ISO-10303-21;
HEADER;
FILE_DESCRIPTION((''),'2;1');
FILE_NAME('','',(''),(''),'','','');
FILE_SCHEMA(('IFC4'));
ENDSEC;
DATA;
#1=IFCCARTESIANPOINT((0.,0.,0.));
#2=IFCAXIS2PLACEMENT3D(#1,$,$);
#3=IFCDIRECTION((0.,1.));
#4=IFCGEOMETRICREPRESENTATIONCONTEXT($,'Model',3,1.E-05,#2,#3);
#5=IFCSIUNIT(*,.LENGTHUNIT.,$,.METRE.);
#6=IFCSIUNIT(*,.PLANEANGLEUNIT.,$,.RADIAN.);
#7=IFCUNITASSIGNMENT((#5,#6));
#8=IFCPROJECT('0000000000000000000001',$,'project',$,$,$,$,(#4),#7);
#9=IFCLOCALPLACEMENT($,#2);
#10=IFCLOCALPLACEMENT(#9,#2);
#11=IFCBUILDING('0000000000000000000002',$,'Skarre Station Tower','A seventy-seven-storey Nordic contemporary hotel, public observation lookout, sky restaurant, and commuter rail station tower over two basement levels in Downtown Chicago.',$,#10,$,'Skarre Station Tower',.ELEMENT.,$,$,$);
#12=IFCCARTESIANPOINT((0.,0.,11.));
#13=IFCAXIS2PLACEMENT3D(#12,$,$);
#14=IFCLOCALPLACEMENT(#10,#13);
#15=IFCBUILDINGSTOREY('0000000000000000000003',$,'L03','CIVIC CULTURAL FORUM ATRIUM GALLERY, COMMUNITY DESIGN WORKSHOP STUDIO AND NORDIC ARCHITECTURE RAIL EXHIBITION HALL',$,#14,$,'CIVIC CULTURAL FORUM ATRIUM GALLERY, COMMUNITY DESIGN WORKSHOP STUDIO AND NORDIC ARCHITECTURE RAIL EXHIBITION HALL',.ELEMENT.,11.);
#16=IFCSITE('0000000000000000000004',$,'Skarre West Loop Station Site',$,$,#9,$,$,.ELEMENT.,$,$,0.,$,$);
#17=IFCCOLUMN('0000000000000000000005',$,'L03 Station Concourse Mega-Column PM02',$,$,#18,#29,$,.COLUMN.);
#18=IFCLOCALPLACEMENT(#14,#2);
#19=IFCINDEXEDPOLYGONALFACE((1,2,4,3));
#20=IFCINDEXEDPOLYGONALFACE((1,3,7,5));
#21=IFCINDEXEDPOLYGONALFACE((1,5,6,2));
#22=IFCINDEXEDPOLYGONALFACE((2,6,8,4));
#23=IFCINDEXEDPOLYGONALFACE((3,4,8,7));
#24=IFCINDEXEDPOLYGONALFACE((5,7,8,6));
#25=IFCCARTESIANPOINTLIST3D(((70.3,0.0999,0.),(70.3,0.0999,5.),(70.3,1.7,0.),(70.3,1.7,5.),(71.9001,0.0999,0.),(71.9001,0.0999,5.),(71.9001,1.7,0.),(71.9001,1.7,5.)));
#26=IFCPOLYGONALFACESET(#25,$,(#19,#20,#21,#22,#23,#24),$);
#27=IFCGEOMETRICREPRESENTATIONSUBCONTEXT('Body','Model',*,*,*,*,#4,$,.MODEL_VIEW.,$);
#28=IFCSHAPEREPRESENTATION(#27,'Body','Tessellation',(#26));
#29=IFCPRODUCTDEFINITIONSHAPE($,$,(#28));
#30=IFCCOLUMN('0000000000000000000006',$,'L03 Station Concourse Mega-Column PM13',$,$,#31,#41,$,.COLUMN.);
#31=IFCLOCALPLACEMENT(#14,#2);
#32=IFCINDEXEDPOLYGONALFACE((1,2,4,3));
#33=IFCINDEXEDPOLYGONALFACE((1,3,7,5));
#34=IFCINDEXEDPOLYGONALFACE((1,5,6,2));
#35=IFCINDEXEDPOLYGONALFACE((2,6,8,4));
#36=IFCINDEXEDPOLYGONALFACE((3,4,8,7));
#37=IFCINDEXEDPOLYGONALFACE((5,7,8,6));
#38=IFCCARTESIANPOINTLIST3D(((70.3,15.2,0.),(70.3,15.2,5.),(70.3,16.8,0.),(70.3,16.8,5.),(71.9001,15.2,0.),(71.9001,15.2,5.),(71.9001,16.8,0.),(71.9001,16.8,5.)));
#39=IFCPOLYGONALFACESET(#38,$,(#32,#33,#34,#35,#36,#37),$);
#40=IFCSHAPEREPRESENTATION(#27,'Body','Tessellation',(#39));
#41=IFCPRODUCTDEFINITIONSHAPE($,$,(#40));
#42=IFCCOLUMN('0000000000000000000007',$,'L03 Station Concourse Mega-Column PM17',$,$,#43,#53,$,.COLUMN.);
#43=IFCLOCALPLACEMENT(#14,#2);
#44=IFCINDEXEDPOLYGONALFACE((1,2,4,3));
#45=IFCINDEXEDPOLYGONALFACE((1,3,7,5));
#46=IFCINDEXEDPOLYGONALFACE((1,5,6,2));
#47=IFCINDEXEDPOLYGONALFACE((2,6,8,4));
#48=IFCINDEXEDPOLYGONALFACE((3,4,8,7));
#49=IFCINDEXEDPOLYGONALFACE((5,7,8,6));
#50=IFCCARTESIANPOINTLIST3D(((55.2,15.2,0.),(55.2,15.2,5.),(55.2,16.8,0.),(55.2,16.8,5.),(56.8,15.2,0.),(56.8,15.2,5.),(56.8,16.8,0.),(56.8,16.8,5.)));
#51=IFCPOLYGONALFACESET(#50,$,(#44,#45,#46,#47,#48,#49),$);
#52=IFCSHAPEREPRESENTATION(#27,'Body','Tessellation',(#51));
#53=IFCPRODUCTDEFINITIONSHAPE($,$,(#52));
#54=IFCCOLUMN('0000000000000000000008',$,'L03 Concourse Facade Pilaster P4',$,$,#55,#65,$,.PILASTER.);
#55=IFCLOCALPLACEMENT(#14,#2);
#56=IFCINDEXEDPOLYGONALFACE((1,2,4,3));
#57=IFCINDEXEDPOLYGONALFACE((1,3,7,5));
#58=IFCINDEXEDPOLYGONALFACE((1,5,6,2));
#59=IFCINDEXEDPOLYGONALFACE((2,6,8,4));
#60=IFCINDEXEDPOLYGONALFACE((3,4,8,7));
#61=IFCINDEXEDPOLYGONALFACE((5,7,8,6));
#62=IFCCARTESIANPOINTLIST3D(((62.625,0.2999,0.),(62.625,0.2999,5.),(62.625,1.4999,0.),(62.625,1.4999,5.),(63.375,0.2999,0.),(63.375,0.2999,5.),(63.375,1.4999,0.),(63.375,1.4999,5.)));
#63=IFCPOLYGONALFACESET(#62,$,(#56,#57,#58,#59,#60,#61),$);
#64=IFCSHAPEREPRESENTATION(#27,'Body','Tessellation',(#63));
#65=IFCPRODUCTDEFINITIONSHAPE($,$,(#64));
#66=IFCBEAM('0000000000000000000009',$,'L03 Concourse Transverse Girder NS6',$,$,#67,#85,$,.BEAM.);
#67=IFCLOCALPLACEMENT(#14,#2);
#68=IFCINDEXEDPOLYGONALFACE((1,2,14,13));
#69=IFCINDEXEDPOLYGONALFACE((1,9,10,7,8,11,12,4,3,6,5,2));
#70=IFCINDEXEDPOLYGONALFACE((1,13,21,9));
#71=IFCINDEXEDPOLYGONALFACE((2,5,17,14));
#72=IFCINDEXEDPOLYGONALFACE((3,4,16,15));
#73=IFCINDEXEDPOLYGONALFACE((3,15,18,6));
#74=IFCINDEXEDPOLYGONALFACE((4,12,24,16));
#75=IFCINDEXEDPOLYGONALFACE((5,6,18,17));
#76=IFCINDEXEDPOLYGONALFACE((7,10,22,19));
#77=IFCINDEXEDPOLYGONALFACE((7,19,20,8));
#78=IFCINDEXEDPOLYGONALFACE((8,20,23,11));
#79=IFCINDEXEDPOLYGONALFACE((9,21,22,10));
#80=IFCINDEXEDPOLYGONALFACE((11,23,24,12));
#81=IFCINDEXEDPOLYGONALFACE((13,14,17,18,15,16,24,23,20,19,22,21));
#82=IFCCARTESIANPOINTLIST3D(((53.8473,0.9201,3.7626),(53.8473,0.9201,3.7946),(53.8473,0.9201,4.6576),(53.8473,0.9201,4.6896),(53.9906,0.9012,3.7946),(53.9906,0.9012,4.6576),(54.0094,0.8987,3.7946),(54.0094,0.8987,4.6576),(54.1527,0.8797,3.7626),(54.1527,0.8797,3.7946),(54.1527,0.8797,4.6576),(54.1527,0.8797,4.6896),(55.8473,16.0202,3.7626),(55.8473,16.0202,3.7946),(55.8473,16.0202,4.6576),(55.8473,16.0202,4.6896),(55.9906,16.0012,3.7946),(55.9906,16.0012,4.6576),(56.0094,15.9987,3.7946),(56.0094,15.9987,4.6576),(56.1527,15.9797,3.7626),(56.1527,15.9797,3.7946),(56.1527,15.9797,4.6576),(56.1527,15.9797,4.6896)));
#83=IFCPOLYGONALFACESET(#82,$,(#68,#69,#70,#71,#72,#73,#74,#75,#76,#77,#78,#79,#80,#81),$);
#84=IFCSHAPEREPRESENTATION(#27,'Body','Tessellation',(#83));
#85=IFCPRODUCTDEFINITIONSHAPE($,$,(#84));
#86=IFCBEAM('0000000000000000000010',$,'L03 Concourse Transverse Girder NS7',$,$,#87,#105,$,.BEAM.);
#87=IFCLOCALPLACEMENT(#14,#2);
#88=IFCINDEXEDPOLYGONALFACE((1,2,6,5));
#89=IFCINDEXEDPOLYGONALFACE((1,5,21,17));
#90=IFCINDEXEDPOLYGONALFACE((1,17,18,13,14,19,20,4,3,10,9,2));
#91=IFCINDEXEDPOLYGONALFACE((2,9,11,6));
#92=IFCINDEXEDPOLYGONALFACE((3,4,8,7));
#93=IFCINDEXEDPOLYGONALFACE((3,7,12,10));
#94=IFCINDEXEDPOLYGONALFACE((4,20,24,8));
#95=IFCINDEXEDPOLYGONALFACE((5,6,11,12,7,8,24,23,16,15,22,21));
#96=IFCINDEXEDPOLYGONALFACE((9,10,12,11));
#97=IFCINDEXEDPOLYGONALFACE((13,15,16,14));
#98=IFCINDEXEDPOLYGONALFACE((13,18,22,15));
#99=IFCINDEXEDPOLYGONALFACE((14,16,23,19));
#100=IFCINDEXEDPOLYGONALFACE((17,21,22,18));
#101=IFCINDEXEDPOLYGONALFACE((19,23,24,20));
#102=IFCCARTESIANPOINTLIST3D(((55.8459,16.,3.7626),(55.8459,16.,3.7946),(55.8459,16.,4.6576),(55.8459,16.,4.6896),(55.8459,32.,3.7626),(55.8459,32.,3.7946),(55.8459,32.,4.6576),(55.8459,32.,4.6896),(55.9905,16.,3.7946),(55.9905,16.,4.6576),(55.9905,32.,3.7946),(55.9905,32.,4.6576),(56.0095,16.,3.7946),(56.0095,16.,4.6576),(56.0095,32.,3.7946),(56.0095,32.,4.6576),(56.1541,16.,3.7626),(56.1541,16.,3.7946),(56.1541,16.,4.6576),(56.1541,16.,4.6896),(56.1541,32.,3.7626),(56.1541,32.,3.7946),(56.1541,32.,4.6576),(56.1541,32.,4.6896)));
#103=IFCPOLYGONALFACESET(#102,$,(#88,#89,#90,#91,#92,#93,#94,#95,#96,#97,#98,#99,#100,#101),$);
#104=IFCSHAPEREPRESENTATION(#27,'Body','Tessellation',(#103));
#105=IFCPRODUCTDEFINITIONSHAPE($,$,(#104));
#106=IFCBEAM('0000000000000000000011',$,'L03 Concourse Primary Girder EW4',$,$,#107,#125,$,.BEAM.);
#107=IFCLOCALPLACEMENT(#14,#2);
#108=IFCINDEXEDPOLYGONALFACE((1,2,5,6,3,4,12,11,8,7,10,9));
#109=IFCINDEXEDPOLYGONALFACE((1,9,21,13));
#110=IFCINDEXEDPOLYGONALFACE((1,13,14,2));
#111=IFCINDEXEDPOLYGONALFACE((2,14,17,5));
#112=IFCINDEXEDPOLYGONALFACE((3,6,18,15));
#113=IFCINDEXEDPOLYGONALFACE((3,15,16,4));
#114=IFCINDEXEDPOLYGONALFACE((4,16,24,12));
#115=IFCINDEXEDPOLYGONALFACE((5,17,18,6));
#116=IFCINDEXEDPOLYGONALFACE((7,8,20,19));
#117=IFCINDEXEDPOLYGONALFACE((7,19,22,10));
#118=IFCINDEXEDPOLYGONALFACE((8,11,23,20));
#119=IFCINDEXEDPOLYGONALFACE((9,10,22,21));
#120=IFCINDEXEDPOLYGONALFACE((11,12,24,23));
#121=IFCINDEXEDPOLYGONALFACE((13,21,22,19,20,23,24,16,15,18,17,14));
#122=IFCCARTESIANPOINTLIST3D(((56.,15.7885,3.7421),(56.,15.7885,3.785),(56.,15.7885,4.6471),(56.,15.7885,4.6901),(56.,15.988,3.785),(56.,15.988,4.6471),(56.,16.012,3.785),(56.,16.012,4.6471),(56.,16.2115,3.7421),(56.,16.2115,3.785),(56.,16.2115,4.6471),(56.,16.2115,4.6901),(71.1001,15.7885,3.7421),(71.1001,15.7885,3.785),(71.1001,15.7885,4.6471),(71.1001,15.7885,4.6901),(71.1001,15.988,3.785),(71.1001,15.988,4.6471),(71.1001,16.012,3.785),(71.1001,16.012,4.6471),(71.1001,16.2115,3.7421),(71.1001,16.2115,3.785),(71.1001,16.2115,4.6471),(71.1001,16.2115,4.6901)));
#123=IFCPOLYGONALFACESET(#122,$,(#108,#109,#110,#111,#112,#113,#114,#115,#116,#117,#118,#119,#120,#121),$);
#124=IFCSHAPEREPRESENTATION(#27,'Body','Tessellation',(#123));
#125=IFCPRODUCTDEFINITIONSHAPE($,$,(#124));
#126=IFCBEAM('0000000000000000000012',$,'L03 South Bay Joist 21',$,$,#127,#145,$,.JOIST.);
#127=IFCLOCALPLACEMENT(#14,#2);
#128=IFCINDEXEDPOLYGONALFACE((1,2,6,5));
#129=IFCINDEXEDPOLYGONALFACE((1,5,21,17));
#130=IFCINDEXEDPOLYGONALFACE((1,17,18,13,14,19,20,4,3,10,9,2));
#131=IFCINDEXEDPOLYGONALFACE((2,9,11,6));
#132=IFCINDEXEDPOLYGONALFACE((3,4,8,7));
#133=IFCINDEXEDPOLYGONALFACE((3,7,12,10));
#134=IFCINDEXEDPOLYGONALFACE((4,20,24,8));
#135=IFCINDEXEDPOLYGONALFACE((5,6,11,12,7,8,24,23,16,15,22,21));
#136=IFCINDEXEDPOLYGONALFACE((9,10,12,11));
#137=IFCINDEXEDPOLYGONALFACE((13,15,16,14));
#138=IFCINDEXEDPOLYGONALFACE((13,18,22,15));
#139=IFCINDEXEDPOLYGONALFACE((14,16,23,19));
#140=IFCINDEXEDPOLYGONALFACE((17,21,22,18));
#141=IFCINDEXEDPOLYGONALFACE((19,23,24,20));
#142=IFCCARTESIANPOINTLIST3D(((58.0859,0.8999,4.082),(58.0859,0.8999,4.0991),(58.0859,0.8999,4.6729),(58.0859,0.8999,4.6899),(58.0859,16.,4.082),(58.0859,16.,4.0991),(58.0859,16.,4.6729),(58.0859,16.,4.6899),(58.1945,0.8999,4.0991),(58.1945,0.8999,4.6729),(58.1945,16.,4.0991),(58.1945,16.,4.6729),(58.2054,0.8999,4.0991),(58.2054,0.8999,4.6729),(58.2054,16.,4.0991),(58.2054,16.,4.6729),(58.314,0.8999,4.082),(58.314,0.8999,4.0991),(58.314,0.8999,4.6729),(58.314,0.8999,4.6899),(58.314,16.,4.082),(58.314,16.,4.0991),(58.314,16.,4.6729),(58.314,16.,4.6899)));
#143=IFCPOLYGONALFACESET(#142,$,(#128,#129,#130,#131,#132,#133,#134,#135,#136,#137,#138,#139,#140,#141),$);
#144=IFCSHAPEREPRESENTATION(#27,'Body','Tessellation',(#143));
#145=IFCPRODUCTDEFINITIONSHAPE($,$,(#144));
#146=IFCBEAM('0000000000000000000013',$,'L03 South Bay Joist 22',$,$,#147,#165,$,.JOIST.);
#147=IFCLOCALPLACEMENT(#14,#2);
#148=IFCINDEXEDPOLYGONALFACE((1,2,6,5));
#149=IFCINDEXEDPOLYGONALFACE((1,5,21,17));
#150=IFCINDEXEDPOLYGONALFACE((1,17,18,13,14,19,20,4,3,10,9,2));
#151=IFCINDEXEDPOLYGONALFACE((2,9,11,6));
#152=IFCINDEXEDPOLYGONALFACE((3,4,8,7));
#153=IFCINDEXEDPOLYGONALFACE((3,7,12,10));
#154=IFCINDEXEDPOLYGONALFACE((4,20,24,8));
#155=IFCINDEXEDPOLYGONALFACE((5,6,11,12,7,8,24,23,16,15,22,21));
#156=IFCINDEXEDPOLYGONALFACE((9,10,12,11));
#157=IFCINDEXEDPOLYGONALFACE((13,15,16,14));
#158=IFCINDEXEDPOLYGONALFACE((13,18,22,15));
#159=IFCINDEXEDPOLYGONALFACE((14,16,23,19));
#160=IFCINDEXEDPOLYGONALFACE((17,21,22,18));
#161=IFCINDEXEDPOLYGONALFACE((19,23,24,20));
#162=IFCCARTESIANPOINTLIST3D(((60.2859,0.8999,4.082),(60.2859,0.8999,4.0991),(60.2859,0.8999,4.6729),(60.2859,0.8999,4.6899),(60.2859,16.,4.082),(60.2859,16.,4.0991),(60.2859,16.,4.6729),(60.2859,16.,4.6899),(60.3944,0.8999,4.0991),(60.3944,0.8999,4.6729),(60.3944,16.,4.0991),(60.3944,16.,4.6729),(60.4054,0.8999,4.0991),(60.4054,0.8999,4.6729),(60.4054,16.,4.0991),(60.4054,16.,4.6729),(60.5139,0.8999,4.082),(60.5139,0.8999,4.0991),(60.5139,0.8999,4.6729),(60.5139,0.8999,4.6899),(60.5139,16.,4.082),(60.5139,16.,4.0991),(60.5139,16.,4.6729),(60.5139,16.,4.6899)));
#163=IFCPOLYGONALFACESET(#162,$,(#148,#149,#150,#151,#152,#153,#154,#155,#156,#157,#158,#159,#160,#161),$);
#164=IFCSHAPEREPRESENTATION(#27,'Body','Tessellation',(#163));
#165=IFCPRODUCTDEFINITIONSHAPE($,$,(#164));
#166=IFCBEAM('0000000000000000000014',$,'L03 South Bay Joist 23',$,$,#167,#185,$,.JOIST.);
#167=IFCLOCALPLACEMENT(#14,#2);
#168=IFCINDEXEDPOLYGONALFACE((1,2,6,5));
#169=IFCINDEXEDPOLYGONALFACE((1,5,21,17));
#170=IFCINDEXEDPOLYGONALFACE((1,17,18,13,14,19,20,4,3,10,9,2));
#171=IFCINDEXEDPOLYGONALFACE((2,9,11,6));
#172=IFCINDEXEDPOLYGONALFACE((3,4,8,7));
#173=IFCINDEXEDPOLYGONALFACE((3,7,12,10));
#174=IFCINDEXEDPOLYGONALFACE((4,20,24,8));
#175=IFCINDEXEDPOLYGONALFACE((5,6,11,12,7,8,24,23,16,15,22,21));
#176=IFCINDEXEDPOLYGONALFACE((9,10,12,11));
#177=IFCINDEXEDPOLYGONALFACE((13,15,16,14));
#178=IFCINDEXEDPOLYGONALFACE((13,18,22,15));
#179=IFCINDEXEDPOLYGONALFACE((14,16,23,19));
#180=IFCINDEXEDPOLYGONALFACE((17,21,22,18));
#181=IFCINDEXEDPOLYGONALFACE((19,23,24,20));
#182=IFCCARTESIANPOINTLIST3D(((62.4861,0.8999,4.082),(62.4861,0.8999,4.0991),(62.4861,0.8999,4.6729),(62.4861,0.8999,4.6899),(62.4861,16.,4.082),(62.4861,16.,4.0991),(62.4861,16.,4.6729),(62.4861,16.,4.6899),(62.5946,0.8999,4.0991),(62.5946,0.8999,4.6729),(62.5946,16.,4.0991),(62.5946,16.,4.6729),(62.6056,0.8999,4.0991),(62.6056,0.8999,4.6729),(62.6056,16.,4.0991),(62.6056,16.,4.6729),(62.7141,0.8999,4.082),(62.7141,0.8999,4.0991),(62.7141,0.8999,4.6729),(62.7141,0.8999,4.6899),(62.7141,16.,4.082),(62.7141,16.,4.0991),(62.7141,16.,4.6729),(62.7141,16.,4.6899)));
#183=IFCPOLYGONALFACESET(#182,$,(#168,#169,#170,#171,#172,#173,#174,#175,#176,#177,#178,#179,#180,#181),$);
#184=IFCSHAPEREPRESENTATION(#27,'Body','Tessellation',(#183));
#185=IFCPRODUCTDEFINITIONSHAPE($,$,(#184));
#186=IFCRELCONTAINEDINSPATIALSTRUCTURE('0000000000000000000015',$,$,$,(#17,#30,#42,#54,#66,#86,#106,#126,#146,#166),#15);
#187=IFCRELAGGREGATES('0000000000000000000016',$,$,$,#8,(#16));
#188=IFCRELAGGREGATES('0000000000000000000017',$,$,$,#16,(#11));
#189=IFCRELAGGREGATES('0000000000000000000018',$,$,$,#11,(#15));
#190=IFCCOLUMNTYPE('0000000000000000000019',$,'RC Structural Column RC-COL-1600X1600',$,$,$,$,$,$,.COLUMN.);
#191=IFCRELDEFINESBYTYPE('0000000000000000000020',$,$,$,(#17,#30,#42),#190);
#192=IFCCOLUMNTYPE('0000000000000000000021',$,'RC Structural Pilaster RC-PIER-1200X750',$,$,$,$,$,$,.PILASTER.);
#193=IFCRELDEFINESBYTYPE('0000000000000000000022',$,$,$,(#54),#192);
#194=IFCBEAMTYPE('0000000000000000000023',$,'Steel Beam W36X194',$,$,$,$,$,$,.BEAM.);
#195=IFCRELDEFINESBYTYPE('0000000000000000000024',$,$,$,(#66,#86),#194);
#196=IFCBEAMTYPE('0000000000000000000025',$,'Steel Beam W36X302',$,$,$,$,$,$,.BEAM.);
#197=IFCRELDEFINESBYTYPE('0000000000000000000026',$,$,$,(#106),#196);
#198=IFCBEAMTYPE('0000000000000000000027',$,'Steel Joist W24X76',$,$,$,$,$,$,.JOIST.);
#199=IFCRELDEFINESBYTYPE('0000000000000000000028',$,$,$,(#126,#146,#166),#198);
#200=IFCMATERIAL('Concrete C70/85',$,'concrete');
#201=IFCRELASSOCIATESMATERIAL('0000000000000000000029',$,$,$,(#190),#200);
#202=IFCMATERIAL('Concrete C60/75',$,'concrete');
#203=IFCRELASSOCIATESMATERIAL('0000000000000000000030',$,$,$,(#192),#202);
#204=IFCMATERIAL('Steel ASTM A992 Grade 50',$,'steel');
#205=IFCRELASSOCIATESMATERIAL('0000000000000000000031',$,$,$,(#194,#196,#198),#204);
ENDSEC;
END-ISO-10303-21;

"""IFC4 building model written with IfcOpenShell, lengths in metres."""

from ifc_helpers import new_model, si_unit, direction, frame, origin, origin_2d, place, context, subcontext, project, spatial, rectangle, i_section, extrude, material, material_profile, profile_set, type_object, element, save


model = new_model("IFC4")

# Units and contexts
model_context = context("Model", 3, precision=1e-05, world=origin(), true_north=direction((0.0, 1.0)))
body_context = subcontext(model_context, "Body", "Model", "MODEL_VIEW")
ifc_project = project(units=[si_unit("LENGTHUNIT", "METRE"), si_unit("PLANEANGLEUNIT", "RADIAN")], contexts=[model_context])

# Site, building, storey
site_placement = place(None, origin())
site = spatial("IfcSite", under=ifc_project, at=site_placement, Name="Skarre West Loop Station Site", CompositionType="ELEMENT", RefElevation=0.0)
building_placement = place(site_placement, origin())
building = spatial("IfcBuilding", under=site, at=building_placement, Name="Skarre Station Tower", Description="A seventy-seven-storey Nordic contemporary hotel, public observation lookout, sky restaurant, and commuter rail station tower over two basement levels in Downtown Chicago.", LongName="Skarre Station Tower", CompositionType="ELEMENT")
storey_placement = place(building_placement, frame((0.0, 0.0, 11.0)))
storey = spatial("IfcBuildingStorey", under=building, at=storey_placement, Name="L03", Description="CIVIC CULTURAL FORUM ATRIUM GALLERY, COMMUNITY DESIGN WORKSHOP STUDIO AND NORDIC ARCHITECTURE RAIL EXHIBITION HALL", LongName="CIVIC CULTURAL FORUM ATRIUM GALLERY, COMMUNITY DESIGN WORKSHOP STUDIO AND NORDIC ARCHITECTURE RAIL EXHIBITION HALL", CompositionType="ELEMENT", Elevation=11.0)

# Columns
ifc_material_1 = material(Name="Concrete C70/85", Category="concrete")
ifc_material_profile_1 = material_profile(ifc_material_1, rectangle(XDim=1.6001, YDim=1.6001, at=origin_2d()), Name="Concrete C70/85")
ifc_profile_set_1 = profile_set([ifc_material_profile_1], Name="Concrete C70/85")
column_type_1 = type_object("IfcColumnType", Name="RC Structural Column RC-COL-1600X1600", PredefinedType="COLUMN", material=ifc_profile_set_1)
for number, where, z_axis, x_axis, name in (
    (1, (71.1001, 0.8999, 0.0), (0.0, 0.0, 1.0), (1.0, 0.0, 0.0), "L03 Station Concourse Mega-Column PM02"),
    (2, (71.1001, 16.0, 0.0), (0.0, 0.0, 1.0), (1.0, 0.0, 0.0), "L03 Station Concourse Mega-Column PM13"),
    (3, (56.0, 16.0, 0.0), (0.0, 0.0, 1.0), (1.0, 0.0, 0.0), "L03 Station Concourse Mega-Column PM17"),
):
    element("IfcColumn", number, at=place(storey_placement, frame(where, z_axis=z_axis, x_axis=x_axis)), inside=storey, type_object=column_type_1, Name=name, PredefinedType="COLUMN", context=body_context, shape_type="SweptSolid", body=[
        extrude(rectangle(XDim=1.6001, YDim=1.6001, at=origin_2d()), origin(), (0.0, 0.0, 1.0), 5.0),
    ])
ifc_material_2 = material(Name="Concrete C60/75", Category="concrete")
ifc_material_profile_2 = material_profile(ifc_material_2, rectangle(XDim=0.75, YDim=1.2, at=origin_2d()), Name="Concrete C60/75")
ifc_profile_set_2 = profile_set([ifc_material_profile_2], Name="Concrete C60/75")
column_type_2 = type_object("IfcColumnType", Name="RC Structural Pilaster RC-PIER-1200X750", PredefinedType="PILASTER", material=ifc_profile_set_2)
column_placement = place(storey_placement, frame((63.0, 0.8999, 0.0), z_axis=(0.0, 0.0, 1.0), x_axis=(1.0, 0.0, 0.0)))
element("IfcColumn", 4, at=column_placement, inside=storey, type_object=column_type_2, Name="L03 Concourse Facade Pilaster P4", PredefinedType="PILASTER", context=body_context, shape_type="SweptSolid", body=[
    extrude(rectangle(XDim=0.75, YDim=1.2, at=origin_2d()), origin(), (0.0, 0.0, 1.0), 5.0),
])

# Beams
ifc_material_3 = material(Name="Steel ASTM A992 Grade 50", Category="steel")
ifc_material_profile_3 = material_profile(ifc_material_3, i_section(OverallWidth=0.3081, OverallDepth=0.927, WebThickness=0.019, FlangeThickness=0.032, at=origin_2d()), Name="Steel ASTM A992 Grade 50")
ifc_profile_set_3 = profile_set([ifc_material_profile_3], Name="Steel ASTM A992 Grade 50")
beam_type_1 = type_object("IfcBeamType", Name="Steel Beam W36X194", PredefinedType="BEAM", material=ifc_profile_set_3)
beam_1_placement = place(storey_placement, frame((54.0, 0.8999, 4.2261), z_axis=(0.131303, 0.991342, 0.0), x_axis=(-0.991342, 0.131303, 0.0)))
element("IfcBeam", 5, at=beam_1_placement, inside=storey, type_object=beam_type_1, Name="L03 Concourse Transverse Girder NS6", PredefinedType="BEAM", context=body_context, shape_type="SweptSolid", body=[
    extrude(i_section(OverallWidth=0.3081, OverallDepth=0.927, WebThickness=0.019, FlangeThickness=0.032, at=origin_2d()), origin(), (0.0, 0.0, 1.0), 15.2319),
])
beam_2_placement = place(storey_placement, frame((56.0, 16.0, 4.2261), z_axis=(0.0, 1.0, 0.0), x_axis=(-1.0, 0.0, 0.0)))
element("IfcBeam", 6, at=beam_2_placement, inside=storey, type_object=beam_type_1, Name="L03 Concourse Transverse Girder NS7", PredefinedType="BEAM", context=body_context, shape_type="SweptSolid", body=[
    extrude(i_section(OverallWidth=0.3081, OverallDepth=0.927, WebThickness=0.019, FlangeThickness=0.032, at=origin_2d()), origin(), (0.0, 0.0, 1.0), 16.0),
])
ifc_material_profile_4 = material_profile(ifc_material_3, i_section(OverallWidth=0.4231, OverallDepth=0.948, WebThickness=0.0239, FlangeThickness=0.043, at=origin_2d()), Name="Steel ASTM A992 Grade 50")
ifc_profile_set_4 = profile_set([ifc_material_profile_4], Name="Steel ASTM A992 Grade 50")
beam_type_2 = type_object("IfcBeamType", Name="Steel Beam W36X302", PredefinedType="BEAM", material=ifc_profile_set_4)
beam_3_placement = place(storey_placement, frame((56.0, 16.0, 4.2161), z_axis=(1.0, 0.0, 0.0), x_axis=(0.0, 1.0, 0.0)))
element("IfcBeam", 7, at=beam_3_placement, inside=storey, type_object=beam_type_2, Name="L03 Concourse Primary Girder EW4", PredefinedType="BEAM", context=body_context, shape_type="SweptSolid", body=[
    extrude(i_section(OverallWidth=0.4231, OverallDepth=0.948, WebThickness=0.0239, FlangeThickness=0.043, at=origin_2d()), origin(), (0.0, 0.0, 1.0), 15.1001),
])
ifc_material_profile_5 = material_profile(ifc_material_3, i_section(OverallWidth=0.228, OverallDepth=0.6079, WebThickness=0.011, FlangeThickness=0.0171, at=origin_2d()), Name="Steel ASTM A992 Grade 50")
ifc_profile_set_5 = profile_set([ifc_material_profile_5], Name="Steel ASTM A992 Grade 50")
beam_type_3 = type_object("IfcBeamType", Name="Steel Joist W24X76", PredefinedType="JOIST", material=ifc_profile_set_5)
for number, where, z_axis, x_axis, name in (
    (8, (58.2, 0.8999, 4.386), (0.0, 1.0, 0.0), (-1.0, 0.0, 0.0), "L03 South Bay Joist 21"),
    (9, (60.3999, 0.8999, 4.386), (0.0, 1.0, 0.0), (-1.0, 0.0, 0.0), "L03 South Bay Joist 22"),
    (10, (62.6001, 0.8999, 4.386), (0.0, 1.0, 0.0), (-1.0, 0.0, 0.0), "L03 South Bay Joist 23"),
):
    element("IfcBeam", number, at=place(storey_placement, frame(where, z_axis=z_axis, x_axis=x_axis)), inside=storey, type_object=beam_type_3, Name=name, PredefinedType="JOIST", context=body_context, shape_type="SweptSolid", body=[
        extrude(i_section(OverallWidth=0.228, OverallDepth=0.6079, WebThickness=0.011, FlangeThickness=0.0171, at=origin_2d()), origin(), (0.0, 0.0, 1.0), 15.1001),
    ])

save(model, "model.ifc")
